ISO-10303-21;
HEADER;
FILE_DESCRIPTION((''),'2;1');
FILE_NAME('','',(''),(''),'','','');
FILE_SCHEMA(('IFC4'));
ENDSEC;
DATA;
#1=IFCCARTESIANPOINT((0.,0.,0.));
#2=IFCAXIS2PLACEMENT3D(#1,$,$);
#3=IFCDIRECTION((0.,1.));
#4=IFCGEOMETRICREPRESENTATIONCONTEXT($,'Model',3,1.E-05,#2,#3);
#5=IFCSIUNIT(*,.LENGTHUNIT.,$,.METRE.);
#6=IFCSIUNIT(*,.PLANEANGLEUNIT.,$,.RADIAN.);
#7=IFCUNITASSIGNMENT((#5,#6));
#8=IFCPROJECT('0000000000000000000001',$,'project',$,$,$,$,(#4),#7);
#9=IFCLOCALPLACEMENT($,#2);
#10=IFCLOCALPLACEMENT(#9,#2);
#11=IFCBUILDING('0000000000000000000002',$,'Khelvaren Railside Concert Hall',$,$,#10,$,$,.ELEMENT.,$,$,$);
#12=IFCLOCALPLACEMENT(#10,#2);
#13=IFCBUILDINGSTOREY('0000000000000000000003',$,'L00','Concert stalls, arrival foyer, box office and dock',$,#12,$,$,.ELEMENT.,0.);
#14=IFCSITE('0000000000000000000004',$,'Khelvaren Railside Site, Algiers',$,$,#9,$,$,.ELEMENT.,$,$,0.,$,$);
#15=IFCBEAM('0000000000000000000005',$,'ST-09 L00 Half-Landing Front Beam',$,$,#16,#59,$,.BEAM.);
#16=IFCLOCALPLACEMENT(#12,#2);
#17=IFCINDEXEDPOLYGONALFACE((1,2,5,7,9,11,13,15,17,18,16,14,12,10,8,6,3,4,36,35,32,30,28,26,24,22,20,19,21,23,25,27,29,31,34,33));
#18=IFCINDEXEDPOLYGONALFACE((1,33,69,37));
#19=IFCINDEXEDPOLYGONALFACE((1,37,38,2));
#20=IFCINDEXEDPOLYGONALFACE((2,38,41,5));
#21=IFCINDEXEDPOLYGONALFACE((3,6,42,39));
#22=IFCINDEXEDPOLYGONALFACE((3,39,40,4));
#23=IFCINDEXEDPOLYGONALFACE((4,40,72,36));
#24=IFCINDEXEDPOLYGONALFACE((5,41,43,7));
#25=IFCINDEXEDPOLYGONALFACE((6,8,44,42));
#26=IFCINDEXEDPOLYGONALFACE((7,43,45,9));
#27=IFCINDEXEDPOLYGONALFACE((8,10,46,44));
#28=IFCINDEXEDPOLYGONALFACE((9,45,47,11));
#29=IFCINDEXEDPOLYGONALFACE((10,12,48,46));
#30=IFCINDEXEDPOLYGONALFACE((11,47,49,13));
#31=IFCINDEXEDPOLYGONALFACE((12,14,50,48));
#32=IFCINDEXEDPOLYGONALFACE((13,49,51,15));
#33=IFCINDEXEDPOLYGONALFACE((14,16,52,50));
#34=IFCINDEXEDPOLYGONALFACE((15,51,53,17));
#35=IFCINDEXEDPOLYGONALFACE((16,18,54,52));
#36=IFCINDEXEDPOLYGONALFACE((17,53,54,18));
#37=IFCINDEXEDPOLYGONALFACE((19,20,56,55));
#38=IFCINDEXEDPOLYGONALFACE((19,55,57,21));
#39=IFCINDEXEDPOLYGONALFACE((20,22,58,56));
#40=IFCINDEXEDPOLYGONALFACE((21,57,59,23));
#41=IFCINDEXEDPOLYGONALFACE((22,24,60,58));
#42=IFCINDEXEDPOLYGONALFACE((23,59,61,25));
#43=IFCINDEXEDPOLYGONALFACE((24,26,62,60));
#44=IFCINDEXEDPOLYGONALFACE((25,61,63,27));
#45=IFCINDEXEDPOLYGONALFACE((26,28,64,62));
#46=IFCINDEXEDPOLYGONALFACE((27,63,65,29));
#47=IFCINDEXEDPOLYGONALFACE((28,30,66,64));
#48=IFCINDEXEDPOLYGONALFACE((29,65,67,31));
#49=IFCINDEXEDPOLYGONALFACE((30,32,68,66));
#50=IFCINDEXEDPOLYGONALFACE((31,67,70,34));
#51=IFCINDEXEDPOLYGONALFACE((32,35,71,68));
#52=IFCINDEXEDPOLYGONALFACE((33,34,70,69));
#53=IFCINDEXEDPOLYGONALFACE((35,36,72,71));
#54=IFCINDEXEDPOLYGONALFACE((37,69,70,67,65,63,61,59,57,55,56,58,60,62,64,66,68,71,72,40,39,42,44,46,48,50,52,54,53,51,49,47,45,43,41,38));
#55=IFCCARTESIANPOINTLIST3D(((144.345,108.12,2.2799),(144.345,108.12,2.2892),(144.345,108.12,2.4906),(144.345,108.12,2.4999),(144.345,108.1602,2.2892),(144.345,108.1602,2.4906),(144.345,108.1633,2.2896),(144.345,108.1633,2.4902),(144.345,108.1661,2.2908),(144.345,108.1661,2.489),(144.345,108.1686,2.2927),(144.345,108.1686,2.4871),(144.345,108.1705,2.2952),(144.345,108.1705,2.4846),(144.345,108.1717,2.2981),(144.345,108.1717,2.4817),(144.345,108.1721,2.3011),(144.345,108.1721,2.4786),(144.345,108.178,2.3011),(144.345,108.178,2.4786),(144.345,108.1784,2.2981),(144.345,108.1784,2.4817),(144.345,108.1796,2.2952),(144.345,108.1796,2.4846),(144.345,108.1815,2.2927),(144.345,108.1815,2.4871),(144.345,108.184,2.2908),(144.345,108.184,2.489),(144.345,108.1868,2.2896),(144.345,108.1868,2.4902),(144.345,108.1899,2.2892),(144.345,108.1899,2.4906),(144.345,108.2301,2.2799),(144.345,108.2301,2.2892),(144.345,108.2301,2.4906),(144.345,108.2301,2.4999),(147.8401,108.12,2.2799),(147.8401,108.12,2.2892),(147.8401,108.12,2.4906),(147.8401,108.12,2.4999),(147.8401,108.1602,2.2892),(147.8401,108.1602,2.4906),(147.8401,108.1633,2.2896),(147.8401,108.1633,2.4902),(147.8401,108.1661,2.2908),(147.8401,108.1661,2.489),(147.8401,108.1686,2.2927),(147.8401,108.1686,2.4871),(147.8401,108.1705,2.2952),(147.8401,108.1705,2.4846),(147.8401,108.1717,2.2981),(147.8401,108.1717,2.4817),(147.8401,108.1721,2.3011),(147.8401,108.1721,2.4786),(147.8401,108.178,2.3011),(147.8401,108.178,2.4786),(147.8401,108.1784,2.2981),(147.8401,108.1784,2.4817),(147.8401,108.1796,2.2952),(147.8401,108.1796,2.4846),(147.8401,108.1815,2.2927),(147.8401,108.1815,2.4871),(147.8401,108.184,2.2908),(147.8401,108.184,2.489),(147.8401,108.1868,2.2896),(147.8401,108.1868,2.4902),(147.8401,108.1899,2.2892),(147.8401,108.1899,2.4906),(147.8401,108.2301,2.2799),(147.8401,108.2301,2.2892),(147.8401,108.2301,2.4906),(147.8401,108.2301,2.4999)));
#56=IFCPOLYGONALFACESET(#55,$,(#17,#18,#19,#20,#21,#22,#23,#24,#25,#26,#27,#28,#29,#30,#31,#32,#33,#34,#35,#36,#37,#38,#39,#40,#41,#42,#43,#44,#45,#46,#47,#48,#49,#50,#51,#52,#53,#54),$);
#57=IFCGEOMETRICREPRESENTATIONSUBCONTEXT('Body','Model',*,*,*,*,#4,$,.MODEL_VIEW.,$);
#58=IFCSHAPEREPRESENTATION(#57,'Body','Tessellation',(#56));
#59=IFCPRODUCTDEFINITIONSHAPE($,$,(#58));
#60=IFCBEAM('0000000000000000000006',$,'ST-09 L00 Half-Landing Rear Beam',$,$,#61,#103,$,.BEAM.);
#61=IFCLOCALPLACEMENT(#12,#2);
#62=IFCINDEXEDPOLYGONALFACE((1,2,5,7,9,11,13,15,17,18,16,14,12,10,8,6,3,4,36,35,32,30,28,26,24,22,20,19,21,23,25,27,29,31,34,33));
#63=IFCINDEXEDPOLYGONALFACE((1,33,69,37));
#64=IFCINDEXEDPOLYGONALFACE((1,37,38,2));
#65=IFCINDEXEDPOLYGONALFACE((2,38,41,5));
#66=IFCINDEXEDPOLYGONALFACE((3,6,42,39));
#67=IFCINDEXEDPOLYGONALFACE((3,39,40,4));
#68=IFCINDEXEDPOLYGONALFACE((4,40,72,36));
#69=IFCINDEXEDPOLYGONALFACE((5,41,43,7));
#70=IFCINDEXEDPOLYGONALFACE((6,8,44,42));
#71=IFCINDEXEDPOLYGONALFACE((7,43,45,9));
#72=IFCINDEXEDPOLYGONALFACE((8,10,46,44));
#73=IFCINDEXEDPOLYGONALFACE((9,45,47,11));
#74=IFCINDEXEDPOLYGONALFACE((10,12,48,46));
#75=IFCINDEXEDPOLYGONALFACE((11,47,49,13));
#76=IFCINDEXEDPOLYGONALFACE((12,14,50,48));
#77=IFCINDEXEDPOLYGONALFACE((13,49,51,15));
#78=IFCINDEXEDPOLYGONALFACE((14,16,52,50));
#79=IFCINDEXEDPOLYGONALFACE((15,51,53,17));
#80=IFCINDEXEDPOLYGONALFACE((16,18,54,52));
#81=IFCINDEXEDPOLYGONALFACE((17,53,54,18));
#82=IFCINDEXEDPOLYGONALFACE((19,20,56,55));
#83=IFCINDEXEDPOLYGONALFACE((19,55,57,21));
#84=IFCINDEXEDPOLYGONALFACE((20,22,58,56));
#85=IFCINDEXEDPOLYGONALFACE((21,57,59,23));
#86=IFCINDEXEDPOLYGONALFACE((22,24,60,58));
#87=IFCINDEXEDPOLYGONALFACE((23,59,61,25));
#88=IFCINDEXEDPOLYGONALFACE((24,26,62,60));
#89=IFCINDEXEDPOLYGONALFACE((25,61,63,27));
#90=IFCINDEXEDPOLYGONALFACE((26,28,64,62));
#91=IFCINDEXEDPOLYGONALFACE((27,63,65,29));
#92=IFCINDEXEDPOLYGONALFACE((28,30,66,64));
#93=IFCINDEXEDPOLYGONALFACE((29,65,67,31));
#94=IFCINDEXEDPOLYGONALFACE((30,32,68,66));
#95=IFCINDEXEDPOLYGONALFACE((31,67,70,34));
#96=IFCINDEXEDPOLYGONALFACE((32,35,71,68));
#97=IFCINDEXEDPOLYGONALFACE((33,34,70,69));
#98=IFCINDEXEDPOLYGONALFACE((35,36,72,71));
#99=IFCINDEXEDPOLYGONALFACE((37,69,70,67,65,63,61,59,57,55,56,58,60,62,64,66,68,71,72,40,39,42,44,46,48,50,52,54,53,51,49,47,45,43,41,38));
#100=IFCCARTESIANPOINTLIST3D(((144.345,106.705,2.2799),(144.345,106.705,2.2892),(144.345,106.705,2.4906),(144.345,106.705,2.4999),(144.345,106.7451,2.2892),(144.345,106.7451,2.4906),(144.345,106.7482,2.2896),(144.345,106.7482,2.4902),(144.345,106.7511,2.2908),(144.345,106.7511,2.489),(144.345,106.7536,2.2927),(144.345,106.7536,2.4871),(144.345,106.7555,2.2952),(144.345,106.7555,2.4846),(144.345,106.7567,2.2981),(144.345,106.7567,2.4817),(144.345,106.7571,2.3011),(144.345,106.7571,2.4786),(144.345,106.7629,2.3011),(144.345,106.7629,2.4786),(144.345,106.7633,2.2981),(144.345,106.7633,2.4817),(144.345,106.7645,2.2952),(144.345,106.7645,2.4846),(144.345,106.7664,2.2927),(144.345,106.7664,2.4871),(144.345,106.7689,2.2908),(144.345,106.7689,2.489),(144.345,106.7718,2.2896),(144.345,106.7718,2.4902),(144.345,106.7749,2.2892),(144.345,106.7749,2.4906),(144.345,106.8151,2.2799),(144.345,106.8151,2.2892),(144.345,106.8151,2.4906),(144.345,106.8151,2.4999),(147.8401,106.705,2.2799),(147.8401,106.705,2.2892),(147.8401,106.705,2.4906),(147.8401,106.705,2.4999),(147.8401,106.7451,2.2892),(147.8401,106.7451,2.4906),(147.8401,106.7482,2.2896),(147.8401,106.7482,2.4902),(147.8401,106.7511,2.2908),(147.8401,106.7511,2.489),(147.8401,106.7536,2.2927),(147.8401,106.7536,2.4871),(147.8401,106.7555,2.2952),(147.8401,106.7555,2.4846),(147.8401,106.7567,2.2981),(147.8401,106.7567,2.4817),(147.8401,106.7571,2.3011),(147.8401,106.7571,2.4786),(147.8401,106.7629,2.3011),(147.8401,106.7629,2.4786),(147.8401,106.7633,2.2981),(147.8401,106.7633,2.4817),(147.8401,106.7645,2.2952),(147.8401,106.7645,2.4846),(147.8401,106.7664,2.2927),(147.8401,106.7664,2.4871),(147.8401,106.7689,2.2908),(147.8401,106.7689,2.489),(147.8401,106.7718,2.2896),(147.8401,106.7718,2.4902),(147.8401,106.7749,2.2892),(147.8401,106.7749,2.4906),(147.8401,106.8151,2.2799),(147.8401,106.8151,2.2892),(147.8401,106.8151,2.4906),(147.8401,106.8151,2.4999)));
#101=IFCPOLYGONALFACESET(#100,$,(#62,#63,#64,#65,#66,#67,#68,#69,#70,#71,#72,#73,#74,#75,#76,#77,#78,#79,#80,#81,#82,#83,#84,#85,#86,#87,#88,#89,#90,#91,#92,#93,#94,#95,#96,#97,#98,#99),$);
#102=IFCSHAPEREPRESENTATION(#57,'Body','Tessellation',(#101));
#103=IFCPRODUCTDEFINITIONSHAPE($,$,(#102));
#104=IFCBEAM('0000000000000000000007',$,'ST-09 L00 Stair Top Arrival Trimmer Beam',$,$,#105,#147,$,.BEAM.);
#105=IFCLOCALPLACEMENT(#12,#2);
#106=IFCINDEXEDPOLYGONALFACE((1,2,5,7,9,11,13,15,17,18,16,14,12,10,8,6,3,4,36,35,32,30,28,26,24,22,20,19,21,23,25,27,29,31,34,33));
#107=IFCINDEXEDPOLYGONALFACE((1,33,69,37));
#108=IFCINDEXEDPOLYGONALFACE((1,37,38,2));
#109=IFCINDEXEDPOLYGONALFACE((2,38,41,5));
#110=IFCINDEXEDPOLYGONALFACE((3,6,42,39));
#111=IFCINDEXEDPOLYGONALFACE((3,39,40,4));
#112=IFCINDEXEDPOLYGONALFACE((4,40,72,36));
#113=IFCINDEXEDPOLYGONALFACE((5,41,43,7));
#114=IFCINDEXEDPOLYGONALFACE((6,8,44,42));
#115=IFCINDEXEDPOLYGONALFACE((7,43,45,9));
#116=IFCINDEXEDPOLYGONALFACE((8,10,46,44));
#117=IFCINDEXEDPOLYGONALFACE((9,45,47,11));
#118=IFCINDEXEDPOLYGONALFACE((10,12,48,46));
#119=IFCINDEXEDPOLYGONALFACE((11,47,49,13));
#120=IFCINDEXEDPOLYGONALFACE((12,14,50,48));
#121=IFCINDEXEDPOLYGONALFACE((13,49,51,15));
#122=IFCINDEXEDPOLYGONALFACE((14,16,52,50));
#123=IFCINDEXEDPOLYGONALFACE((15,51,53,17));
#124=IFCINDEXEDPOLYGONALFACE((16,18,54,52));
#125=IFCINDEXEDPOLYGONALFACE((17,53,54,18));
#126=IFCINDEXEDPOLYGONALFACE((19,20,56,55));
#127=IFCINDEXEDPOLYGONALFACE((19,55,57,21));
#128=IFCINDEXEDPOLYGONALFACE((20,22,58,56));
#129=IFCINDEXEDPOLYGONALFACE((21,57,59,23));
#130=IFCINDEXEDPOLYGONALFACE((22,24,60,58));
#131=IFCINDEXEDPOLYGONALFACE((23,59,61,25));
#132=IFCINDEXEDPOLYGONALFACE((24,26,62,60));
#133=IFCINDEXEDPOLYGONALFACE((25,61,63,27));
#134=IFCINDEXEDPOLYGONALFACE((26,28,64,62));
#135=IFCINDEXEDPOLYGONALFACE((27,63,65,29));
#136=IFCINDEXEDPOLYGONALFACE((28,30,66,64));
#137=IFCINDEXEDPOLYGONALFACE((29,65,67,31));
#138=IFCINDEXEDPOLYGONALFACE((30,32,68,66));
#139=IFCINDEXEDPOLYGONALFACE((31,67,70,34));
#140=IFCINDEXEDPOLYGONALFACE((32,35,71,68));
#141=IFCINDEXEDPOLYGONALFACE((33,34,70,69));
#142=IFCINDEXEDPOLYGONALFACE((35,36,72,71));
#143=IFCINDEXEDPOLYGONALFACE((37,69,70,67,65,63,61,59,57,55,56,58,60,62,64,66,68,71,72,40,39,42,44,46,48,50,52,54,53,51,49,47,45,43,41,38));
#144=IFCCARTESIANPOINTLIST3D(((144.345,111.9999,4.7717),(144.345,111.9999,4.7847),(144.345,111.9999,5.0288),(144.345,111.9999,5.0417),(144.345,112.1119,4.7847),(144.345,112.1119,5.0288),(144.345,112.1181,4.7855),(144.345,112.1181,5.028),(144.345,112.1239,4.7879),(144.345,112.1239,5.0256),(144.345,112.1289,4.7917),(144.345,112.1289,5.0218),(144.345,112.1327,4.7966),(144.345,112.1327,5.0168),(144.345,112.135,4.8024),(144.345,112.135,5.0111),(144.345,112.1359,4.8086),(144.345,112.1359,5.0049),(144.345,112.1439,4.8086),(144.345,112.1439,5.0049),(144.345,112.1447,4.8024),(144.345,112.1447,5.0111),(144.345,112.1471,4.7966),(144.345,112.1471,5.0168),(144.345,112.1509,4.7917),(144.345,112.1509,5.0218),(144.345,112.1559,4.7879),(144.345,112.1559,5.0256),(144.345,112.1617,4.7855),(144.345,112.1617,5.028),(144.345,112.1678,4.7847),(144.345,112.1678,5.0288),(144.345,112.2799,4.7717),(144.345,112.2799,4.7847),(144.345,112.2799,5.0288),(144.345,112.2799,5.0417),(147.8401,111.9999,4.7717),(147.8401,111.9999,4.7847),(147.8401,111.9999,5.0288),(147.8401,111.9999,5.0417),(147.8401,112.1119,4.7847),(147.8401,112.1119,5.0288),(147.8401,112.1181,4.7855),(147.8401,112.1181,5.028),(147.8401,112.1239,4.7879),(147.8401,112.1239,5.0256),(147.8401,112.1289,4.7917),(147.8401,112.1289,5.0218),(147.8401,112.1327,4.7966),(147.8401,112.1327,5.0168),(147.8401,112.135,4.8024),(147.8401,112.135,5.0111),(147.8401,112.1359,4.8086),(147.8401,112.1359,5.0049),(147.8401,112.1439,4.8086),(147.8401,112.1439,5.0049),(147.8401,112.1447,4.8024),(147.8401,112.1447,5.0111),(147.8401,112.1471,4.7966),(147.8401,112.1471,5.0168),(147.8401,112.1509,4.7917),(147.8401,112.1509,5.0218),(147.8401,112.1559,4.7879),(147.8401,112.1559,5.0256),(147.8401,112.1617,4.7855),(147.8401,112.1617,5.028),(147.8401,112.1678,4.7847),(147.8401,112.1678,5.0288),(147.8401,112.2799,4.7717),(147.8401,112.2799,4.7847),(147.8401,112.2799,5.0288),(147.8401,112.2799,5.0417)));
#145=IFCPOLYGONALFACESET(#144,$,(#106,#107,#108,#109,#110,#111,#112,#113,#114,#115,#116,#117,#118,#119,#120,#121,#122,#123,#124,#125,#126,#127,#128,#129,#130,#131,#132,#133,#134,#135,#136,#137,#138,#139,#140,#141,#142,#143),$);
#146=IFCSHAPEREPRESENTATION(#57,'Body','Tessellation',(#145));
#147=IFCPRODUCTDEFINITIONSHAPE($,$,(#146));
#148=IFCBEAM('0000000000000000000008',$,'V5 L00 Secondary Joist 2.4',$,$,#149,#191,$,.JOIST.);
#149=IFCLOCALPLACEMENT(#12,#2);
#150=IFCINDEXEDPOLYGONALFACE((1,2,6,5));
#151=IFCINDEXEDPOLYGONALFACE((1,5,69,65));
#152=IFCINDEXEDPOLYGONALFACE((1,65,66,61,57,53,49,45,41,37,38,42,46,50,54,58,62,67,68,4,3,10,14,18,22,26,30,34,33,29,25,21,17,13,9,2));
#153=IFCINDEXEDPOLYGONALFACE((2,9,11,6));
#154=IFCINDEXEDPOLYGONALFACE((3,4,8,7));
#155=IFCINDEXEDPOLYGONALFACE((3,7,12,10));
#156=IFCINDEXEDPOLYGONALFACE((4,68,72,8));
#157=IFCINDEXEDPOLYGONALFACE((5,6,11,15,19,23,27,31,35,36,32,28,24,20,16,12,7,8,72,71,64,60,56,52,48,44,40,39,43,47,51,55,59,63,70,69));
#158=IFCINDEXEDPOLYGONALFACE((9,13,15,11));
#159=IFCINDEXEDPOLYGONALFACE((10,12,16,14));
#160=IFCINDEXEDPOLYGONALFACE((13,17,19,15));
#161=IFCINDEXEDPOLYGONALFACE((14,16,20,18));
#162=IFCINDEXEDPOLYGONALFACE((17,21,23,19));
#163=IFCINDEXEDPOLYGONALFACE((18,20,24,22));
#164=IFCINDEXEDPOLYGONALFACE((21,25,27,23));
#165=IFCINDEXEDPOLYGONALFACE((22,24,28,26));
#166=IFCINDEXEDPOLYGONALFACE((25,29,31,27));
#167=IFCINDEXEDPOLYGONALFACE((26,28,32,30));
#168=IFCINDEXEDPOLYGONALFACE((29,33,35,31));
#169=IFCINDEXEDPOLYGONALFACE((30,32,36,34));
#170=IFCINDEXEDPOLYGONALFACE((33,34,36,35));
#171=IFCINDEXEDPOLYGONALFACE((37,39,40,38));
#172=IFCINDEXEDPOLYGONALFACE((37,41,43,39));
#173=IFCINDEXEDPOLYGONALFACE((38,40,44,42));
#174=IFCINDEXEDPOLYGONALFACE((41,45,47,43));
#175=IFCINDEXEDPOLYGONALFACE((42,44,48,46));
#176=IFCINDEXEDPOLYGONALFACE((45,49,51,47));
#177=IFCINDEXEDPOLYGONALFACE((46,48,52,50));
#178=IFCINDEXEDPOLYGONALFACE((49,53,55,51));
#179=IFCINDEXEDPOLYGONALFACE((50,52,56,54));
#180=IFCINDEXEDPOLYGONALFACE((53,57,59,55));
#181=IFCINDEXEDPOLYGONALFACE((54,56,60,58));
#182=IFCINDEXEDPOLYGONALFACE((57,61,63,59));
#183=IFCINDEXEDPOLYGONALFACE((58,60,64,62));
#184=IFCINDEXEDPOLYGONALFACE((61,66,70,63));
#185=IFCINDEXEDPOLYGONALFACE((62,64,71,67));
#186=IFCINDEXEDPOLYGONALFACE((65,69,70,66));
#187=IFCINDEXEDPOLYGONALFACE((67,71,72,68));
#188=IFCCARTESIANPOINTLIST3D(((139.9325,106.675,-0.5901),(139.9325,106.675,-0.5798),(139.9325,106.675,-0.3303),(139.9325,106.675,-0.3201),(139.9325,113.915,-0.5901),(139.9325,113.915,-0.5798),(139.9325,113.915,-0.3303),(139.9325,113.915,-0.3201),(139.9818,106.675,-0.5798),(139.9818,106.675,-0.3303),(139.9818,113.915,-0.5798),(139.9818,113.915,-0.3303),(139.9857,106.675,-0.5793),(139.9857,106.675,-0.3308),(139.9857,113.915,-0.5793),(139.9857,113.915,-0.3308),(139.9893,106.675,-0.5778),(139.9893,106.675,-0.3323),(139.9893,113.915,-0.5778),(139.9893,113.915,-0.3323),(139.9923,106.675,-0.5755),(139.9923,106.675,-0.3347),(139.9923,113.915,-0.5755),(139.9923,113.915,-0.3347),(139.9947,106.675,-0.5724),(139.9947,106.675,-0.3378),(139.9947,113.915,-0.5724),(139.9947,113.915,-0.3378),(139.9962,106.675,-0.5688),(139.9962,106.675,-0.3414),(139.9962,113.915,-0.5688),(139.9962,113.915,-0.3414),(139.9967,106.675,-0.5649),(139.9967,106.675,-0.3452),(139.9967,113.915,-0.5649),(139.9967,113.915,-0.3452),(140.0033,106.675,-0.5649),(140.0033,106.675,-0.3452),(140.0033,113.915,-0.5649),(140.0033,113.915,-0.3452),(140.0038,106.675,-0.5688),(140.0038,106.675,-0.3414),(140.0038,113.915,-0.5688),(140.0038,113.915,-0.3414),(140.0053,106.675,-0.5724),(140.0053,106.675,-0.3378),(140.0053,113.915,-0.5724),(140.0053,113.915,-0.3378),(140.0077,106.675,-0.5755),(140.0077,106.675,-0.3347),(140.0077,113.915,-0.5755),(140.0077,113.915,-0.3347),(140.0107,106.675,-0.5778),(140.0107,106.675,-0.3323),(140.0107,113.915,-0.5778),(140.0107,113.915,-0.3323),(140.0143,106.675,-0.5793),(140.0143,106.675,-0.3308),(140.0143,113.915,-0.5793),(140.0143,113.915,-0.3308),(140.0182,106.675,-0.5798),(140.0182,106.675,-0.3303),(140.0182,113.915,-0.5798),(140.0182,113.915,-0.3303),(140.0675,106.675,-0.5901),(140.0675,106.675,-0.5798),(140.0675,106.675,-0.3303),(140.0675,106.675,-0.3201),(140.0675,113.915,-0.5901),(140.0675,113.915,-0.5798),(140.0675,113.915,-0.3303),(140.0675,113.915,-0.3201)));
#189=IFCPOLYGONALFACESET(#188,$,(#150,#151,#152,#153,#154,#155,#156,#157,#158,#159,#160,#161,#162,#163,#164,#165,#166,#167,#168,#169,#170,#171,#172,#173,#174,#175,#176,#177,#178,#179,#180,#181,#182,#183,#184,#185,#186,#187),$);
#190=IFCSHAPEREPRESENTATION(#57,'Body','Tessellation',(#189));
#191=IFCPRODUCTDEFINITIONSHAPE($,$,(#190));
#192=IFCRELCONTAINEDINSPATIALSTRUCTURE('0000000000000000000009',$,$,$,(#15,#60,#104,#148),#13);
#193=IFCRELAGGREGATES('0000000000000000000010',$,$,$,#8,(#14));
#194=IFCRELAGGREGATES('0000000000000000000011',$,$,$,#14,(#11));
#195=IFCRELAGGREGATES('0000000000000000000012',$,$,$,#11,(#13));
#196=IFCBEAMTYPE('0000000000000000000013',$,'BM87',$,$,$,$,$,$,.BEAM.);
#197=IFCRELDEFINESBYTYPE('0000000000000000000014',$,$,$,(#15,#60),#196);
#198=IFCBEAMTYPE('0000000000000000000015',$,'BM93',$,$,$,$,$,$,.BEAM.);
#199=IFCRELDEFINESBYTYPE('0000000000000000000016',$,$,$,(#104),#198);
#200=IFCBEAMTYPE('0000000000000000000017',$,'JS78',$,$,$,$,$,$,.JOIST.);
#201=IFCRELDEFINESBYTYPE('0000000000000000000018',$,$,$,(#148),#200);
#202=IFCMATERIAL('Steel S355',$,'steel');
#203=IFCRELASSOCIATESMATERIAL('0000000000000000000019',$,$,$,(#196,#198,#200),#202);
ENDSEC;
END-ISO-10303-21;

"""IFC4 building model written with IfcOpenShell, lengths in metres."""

from ifc_helpers import new_model, si_unit, direction, frame, origin, origin_2d, place, context, subcontext, project, spatial, i_section, extrude, material, material_profile, profile_set, type_object, element, save


model = new_model("IFC4")

# Units and contexts
model_context = context("Model", 3, precision=1e-05, world=origin(), true_north=direction((0.0, 1.0)))
body_context = subcontext(model_context, "Body", "Model", "MODEL_VIEW")
ifc_project = project(units=[si_unit("LENGTHUNIT", "METRE"), si_unit("PLANEANGLEUNIT", "RADIAN")], contexts=[model_context])

# Site, building, storey
site_placement = place(None, origin())
site = spatial("IfcSite", under=ifc_project, at=site_placement, Name="Khelvaren Railside Site, Algiers", CompositionType="ELEMENT", RefElevation=0.0)
building_placement = place(site_placement, origin())
building = spatial("IfcBuilding", under=site, at=building_placement, Name="Khelvaren Railside Concert Hall", CompositionType="ELEMENT")
storey_placement = place(building_placement, origin())
storey = spatial("IfcBuildingStorey", under=building, at=storey_placement, Name="L00", Description="Concert stalls, arrival foyer, box office and dock", CompositionType="ELEMENT", Elevation=0.0)

# Beams
ifc_material_1 = material(Name="Steel S355", Category="steel")
ifc_material_profile_1 = material_profile(ifc_material_1, i_section(OverallWidth=0.1101, OverallDepth=0.22, WebThickness=0.0059, FlangeThickness=0.0093, FilletRadius=0.012, at=origin_2d()), Name="IPE 220")
ifc_profile_set_1 = profile_set([ifc_material_profile_1], Name="Steel S355")
beam_type_1 = type_object("IfcBeamType", Name="BM87", PredefinedType="BEAM", material=ifc_profile_set_1)
for number, where, z_axis, x_axis, name in (
    (1, (144.345, 108.175, 2.3899), (1.0, 0.0, 0.0), (0.0, 1.0, 0.0), "ST-09 L00 Half-Landing Front Beam"),
    (2, (144.345, 106.76, 2.3899), (1.0, 0.0, 0.0), (0.0, 1.0, 0.0), "ST-09 L00 Half-Landing Rear Beam"),
):
    element("IfcBeam", number, at=place(storey_placement, frame(where, z_axis=z_axis, x_axis=x_axis)), inside=storey, type_object=beam_type_1, Name=name, PredefinedType="BEAM", context=body_context, shape_type="SweptSolid", body=[
        extrude(i_section(OverallWidth=0.1101, OverallDepth=0.22, WebThickness=0.0059, FlangeThickness=0.0093, FilletRadius=0.012, at=origin_2d()), origin(), (0.0, 0.0, 1.0), 3.4951),
    ])
ifc_material_profile_2 = material_profile(ifc_material_1, i_section(OverallWidth=0.28, OverallDepth=0.27, WebThickness=0.0081, FlangeThickness=0.0129, FilletRadius=0.0239, at=origin_2d()), Name="HEA 280")
ifc_profile_set_2 = profile_set([ifc_material_profile_2], Name="Steel S355")
beam_type_2 = type_object("IfcBeamType", Name="BM93", PredefinedType="BEAM", material=ifc_profile_set_2)
beam_1_placement = place(storey_placement, frame((144.345, 112.1399, 4.9067), z_axis=(1.0, 0.0, 0.0), x_axis=(0.0, 1.0, 0.0)))
element("IfcBeam", 3, at=beam_1_placement, inside=storey, type_object=beam_type_2, Name="ST-09 L00 Stair Top Arrival Trimmer Beam", PredefinedType="BEAM", context=body_context, shape_type="SweptSolid", body=[
    extrude(i_section(OverallWidth=0.28, OverallDepth=0.27, WebThickness=0.0081, FlangeThickness=0.0129, FilletRadius=0.0239, at=origin_2d()), origin(), (0.0, 0.0, 1.0), 3.4951),
])
ifc_material_profile_3 = material_profile(ifc_material_1, i_section(OverallWidth=0.135, OverallDepth=0.27, WebThickness=0.0066, FlangeThickness=0.0103, FilletRadius=0.0149, at=origin_2d()), Name="IPE 270")
ifc_profile_set_3 = profile_set([ifc_material_profile_3], Name="Steel S355")
beam_type_3 = type_object("IfcBeamType", Name="JS78", PredefinedType="JOIST", material=ifc_profile_set_3)
beam_2_placement = place(storey_placement, frame((140.0, 106.675, -0.4551), z_axis=(0.0, 1.0, 0.0), x_axis=(-1.0, 0.0, 0.0)))
element("IfcBeam", 4, at=beam_2_placement, inside=storey, type_object=beam_type_3, Name="V5 L00 Secondary Joist 2.4", PredefinedType="JOIST", context=body_context, shape_type="SweptSolid", body=[
    extrude(i_section(OverallWidth=0.135, OverallDepth=0.27, WebThickness=0.0066, FlangeThickness=0.0103, FilletRadius=0.0149, at=origin_2d()), origin(), (0.0, 0.0, 1.0), 7.24),
])

save(model, "model.ifc")
